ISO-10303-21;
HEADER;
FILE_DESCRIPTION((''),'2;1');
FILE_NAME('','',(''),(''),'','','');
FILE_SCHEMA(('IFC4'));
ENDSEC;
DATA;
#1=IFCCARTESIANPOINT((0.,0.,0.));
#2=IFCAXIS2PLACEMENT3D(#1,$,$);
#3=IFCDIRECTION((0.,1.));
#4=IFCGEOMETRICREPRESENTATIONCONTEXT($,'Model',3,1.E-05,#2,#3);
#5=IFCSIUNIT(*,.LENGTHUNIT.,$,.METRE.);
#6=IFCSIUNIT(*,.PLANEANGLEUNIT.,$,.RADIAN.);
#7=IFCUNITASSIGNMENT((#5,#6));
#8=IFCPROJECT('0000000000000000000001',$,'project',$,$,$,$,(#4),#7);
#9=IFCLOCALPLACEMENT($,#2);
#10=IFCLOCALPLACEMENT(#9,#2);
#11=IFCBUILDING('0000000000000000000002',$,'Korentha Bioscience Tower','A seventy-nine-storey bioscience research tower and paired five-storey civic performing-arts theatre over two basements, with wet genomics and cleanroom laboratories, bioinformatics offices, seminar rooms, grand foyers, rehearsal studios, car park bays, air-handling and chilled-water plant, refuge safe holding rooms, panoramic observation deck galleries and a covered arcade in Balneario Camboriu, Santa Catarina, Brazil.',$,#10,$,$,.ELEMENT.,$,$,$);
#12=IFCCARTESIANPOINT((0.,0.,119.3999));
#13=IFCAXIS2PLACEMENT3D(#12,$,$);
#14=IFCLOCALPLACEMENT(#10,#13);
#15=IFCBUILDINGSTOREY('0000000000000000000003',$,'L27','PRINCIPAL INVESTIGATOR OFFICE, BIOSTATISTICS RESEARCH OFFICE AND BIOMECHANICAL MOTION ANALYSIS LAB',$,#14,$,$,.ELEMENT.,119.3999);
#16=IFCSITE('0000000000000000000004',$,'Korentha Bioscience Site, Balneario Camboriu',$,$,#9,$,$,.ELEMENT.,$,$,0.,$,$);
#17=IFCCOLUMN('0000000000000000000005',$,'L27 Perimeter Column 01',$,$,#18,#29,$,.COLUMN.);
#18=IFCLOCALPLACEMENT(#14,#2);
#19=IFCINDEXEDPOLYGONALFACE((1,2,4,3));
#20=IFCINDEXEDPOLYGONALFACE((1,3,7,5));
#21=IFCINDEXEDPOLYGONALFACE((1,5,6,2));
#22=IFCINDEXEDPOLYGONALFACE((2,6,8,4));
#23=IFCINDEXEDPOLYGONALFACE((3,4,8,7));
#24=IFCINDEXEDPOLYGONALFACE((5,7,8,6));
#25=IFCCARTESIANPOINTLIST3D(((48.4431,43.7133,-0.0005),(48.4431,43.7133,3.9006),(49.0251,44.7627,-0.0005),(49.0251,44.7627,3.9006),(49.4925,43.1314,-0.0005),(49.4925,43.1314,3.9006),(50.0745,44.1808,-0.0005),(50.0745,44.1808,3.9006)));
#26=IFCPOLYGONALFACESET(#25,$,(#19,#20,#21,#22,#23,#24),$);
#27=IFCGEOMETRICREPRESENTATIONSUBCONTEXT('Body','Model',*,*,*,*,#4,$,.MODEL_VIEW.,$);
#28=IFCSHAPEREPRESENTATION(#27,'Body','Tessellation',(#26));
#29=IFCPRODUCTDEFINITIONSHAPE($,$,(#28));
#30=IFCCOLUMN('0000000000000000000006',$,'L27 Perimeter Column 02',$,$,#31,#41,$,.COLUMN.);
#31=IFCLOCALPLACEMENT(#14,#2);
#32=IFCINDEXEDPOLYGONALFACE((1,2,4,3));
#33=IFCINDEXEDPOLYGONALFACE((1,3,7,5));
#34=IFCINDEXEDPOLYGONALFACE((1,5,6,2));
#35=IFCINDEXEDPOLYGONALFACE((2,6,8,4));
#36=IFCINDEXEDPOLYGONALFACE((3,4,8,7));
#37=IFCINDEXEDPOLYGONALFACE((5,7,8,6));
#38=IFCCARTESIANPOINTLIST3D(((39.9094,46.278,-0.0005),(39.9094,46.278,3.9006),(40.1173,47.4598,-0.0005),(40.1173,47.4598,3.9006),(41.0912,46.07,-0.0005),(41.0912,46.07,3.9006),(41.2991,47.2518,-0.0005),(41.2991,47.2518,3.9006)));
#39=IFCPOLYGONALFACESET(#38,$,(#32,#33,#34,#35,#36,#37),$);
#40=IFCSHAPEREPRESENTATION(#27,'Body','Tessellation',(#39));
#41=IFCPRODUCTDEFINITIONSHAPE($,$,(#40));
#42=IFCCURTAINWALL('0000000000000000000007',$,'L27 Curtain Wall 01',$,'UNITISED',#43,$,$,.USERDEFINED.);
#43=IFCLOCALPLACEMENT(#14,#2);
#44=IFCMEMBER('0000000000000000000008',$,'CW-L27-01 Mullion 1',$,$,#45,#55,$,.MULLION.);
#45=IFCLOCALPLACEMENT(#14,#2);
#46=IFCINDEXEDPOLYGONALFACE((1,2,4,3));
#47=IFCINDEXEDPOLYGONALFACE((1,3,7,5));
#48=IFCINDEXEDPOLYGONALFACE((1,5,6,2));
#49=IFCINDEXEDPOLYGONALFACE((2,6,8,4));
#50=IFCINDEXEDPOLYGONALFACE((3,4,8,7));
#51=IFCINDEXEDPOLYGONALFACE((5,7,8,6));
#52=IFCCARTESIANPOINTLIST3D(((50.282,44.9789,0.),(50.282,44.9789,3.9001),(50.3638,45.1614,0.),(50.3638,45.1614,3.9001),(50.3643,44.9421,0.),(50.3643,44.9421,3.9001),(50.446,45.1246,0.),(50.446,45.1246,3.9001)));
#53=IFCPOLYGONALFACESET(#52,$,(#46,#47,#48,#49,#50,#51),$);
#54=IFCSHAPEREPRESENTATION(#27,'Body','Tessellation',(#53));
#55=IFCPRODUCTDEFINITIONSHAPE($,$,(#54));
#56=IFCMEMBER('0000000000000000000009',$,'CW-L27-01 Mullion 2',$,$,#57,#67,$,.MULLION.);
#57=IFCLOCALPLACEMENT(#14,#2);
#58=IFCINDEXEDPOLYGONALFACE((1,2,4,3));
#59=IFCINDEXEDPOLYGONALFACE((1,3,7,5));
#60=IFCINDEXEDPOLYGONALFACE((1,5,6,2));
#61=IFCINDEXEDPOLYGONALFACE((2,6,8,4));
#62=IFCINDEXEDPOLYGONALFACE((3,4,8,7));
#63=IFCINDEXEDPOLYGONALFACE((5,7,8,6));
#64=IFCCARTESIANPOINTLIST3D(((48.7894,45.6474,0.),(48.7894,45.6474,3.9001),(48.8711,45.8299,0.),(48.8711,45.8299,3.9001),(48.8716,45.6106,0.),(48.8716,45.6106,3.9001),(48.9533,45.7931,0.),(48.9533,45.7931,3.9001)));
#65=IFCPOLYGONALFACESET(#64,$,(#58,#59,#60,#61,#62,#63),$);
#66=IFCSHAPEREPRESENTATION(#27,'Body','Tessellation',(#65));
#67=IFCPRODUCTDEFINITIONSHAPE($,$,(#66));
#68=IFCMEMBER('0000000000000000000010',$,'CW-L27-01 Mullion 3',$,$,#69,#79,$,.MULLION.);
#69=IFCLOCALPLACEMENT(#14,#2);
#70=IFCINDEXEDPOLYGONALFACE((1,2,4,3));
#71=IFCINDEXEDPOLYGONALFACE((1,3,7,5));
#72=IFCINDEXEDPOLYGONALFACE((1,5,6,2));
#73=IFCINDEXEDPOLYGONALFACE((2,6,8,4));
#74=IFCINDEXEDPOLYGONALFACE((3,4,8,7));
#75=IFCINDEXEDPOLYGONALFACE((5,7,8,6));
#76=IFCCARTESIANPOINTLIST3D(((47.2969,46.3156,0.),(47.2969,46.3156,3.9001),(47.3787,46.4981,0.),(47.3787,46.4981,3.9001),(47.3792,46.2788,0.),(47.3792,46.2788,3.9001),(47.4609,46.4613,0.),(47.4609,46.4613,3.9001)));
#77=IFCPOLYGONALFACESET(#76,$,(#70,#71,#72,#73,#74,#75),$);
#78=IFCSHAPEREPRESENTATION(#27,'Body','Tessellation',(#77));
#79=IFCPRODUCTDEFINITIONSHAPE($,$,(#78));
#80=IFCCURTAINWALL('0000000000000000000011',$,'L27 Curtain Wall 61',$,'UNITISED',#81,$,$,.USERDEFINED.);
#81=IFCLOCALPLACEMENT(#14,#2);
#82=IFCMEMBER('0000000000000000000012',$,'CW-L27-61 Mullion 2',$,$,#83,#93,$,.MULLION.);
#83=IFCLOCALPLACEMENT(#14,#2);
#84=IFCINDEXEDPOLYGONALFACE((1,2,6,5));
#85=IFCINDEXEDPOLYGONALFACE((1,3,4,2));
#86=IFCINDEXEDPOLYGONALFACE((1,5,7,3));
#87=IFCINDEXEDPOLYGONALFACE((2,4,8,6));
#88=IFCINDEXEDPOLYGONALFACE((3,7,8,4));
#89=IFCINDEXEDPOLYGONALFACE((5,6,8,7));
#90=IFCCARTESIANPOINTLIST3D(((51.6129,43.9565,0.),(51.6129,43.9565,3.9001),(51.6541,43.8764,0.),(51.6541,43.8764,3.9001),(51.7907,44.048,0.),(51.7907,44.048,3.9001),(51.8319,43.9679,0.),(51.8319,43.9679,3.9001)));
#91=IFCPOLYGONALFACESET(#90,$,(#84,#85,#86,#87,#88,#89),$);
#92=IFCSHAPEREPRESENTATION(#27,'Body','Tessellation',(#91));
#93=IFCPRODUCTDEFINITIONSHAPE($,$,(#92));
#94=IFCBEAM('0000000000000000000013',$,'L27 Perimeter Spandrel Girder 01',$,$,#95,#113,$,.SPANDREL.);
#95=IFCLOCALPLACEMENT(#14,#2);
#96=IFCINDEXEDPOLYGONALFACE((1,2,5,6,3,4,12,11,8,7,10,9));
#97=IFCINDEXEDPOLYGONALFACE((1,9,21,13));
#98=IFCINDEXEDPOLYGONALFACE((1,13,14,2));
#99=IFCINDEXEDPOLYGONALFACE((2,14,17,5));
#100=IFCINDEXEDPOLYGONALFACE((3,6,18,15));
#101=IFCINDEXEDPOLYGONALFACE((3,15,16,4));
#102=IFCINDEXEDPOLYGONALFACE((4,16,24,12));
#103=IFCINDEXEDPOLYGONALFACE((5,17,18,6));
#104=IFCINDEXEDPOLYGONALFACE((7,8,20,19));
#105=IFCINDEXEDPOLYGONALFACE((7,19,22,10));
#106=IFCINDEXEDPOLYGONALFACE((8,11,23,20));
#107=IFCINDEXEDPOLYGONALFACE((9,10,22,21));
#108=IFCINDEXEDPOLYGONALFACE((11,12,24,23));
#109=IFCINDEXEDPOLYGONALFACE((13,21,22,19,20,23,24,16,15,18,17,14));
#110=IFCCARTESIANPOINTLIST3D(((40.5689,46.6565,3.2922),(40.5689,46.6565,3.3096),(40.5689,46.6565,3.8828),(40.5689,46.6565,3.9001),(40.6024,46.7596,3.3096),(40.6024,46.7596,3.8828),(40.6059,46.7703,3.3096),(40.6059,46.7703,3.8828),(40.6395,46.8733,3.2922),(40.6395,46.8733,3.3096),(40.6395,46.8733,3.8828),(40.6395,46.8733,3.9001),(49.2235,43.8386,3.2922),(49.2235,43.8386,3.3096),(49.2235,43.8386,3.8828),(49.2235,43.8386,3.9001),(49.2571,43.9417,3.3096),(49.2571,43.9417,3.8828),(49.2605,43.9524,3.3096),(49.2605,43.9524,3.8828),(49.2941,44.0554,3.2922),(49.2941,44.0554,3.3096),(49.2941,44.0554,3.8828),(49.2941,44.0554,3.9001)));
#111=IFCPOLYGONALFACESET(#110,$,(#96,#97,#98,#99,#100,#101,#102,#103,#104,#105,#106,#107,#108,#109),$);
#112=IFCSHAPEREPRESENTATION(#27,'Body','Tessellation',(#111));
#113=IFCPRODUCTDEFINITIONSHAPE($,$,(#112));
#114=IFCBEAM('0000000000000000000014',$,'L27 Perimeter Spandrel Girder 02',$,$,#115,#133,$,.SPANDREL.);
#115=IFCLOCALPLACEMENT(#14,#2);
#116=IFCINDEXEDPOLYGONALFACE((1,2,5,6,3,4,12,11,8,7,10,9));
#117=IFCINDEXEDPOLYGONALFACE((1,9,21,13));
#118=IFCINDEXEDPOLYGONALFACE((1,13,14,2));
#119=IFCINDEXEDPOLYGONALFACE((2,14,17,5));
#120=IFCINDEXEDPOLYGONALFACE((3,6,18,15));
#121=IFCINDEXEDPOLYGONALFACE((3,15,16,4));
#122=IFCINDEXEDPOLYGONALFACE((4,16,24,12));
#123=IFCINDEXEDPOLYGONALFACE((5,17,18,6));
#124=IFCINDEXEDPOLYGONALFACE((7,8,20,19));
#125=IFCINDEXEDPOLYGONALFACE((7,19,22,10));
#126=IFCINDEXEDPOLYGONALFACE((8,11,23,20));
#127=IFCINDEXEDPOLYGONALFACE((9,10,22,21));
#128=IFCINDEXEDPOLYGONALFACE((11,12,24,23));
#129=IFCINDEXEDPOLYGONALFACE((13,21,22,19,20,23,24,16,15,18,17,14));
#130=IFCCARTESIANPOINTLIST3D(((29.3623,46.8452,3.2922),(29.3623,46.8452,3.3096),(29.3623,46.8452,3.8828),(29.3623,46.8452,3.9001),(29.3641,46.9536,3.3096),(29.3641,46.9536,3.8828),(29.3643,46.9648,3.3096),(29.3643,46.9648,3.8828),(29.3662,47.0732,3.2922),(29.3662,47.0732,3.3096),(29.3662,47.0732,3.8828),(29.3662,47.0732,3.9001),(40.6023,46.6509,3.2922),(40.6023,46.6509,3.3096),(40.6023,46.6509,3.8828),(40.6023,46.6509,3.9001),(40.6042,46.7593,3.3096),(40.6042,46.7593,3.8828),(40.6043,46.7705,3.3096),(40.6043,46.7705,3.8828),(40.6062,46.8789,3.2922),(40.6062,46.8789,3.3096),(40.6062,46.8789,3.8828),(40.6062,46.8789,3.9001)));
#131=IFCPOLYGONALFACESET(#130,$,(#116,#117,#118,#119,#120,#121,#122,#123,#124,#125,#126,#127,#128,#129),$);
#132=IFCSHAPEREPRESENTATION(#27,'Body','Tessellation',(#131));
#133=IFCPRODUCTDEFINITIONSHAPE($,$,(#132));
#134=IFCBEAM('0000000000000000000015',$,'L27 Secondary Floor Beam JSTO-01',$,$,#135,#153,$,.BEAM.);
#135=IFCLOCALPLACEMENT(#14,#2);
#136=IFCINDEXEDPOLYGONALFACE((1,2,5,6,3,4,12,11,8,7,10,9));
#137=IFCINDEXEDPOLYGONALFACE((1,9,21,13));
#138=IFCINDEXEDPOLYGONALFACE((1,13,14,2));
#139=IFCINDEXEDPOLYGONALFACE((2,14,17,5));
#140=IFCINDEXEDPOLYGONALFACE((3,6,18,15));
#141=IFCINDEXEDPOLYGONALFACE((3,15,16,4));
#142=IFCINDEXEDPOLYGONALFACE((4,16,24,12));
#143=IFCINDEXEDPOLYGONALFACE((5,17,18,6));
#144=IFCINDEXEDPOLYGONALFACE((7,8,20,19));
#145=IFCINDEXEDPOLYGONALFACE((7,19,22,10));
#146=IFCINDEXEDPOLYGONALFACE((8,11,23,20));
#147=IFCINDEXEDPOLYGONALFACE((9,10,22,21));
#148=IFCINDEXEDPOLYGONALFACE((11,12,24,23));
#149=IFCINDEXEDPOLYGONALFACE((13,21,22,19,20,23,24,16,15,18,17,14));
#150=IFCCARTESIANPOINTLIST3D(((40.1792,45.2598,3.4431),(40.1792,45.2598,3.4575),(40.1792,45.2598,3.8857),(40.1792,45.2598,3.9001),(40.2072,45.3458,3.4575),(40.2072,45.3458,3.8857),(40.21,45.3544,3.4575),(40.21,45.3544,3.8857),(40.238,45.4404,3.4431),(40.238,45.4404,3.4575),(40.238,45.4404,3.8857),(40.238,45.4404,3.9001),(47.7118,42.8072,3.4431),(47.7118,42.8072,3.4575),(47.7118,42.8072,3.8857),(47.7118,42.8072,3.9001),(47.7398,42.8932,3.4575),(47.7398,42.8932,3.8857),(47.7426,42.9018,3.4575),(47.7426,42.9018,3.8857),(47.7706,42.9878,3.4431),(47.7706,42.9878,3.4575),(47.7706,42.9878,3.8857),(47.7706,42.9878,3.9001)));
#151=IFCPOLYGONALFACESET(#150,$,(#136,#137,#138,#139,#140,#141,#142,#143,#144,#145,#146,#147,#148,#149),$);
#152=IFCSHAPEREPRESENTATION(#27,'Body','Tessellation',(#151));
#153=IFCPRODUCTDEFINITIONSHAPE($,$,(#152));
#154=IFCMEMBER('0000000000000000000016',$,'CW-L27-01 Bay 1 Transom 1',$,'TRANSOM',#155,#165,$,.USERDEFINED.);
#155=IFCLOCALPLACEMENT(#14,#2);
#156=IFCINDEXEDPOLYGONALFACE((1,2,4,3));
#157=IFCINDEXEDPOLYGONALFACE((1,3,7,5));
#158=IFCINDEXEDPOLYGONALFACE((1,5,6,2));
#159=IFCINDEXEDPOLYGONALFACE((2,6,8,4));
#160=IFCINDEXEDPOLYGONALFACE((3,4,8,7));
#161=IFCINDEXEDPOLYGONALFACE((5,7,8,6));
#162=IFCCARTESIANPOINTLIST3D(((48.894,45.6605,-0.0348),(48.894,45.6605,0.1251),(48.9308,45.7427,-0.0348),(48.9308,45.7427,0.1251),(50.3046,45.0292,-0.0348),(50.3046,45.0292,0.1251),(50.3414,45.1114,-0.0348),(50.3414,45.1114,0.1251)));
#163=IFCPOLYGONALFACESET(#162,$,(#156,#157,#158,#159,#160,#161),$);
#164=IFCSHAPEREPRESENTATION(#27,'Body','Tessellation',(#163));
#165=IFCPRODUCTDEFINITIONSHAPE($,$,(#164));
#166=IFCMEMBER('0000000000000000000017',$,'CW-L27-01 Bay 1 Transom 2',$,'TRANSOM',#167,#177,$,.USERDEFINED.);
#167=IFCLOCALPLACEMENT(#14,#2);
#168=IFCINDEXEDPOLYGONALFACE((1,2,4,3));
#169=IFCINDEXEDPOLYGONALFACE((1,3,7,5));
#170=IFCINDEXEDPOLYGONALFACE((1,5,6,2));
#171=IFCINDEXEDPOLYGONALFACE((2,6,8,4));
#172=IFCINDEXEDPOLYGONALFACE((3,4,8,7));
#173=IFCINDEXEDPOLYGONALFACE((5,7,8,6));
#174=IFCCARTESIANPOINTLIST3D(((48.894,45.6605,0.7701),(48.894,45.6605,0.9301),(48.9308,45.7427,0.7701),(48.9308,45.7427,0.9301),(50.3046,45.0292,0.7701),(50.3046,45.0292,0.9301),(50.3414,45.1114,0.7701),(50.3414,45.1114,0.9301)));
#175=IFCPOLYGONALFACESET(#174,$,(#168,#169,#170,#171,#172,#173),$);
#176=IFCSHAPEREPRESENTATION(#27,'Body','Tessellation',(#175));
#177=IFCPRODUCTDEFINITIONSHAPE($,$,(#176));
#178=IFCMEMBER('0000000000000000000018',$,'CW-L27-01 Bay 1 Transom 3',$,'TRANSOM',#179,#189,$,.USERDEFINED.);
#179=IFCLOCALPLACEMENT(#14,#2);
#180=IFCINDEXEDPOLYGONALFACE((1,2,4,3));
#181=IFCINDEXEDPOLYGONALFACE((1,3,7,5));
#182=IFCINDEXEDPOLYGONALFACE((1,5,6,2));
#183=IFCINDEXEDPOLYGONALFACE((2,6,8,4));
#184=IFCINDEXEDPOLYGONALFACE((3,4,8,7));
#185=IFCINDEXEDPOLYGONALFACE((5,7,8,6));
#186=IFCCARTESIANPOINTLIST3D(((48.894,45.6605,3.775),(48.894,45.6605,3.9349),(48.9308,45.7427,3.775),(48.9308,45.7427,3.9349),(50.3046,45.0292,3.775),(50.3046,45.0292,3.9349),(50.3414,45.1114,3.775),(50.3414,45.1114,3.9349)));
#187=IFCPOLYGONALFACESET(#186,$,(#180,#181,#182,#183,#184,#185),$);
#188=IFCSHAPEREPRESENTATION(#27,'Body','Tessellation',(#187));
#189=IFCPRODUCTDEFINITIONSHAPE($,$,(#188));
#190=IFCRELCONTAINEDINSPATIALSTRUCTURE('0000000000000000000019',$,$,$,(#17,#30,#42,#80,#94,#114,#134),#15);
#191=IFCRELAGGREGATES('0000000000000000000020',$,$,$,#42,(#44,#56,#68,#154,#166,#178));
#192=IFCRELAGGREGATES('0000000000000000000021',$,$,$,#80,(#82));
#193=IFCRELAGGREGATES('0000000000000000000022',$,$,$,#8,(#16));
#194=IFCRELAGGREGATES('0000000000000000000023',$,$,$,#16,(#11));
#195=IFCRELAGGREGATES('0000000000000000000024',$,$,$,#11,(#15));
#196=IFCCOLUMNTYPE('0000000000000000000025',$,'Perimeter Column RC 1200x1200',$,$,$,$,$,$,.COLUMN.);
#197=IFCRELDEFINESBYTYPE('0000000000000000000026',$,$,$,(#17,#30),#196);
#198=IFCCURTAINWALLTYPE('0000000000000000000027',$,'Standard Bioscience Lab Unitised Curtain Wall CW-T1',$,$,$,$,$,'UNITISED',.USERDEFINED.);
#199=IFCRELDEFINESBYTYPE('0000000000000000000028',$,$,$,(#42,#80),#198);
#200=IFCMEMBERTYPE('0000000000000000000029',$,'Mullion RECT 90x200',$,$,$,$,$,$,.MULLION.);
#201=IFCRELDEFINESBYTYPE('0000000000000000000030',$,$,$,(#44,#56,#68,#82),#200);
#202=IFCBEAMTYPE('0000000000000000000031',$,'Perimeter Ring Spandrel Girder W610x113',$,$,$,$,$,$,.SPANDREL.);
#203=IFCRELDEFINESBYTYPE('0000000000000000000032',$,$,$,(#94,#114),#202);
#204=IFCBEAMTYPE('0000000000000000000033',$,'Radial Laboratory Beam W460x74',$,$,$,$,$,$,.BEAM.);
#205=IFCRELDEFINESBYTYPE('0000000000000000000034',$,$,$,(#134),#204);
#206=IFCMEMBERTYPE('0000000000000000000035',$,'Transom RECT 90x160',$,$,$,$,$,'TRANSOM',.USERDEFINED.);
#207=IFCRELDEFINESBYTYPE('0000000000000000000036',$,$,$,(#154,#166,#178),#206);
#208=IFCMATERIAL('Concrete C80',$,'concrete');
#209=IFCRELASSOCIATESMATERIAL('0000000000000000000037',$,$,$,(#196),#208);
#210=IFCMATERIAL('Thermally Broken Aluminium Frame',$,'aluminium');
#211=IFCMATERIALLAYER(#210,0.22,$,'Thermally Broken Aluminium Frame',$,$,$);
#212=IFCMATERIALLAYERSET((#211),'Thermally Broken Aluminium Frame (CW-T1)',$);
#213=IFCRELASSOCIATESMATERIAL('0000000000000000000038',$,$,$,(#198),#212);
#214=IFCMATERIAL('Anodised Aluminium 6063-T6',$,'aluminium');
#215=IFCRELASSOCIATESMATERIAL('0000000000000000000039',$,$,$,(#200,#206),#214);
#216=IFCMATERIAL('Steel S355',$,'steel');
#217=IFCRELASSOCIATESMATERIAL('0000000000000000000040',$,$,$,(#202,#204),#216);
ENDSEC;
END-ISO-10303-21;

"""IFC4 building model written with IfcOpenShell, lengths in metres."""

from ifc_helpers import new_model, si_unit, direction, frame, origin, origin_2d, place, context, subcontext, project, spatial, rectangle, i_section, extrude, material, layer, layer_set, material_profile, profile_set, type_object, element, aggregate, save


model = new_model("IFC4")

# Units and contexts
model_context = context("Model", 3, precision=1e-05, world=origin(), true_north=direction((0.0, 1.0)))
body_context = subcontext(model_context, "Body", "Model", "MODEL_VIEW")
ifc_project = project(units=[si_unit("LENGTHUNIT", "METRE"), si_unit("PLANEANGLEUNIT", "RADIAN")], contexts=[model_context])

# Site, building, storey
site_placement = place(None, origin())
site = spatial("IfcSite", under=ifc_project, at=site_placement, Name="Korentha Bioscience Site, Balneario Camboriu", CompositionType="ELEMENT", RefElevation=0.0)
building_placement = place(site_placement, origin())
building = spatial("IfcBuilding", under=site, at=building_placement, Name="Korentha Bioscience Tower", Description="A seventy-nine-storey bioscience research tower and paired five-storey civic performing-arts theatre over two basements, with wet genomics and cleanroom laboratories, bioinformatics offices, seminar rooms, grand foyers, rehearsal studios, car park bays, air-handling and chilled-water plant, refuge safe holding rooms, panoramic observation deck galleries and a covered arcade in Balneario Camboriu, Santa Catarina, Brazil.", CompositionType="ELEMENT")
storey_placement = place(building_placement, frame((0.0, 0.0, 119.3999)))
storey = spatial("IfcBuildingStorey", under=building, at=storey_placement, Name="L27", Description="PRINCIPAL INVESTIGATOR OFFICE, BIOSTATISTICS RESEARCH OFFICE AND BIOMECHANICAL MOTION ANALYSIS LAB", CompositionType="ELEMENT", Elevation=119.3999)

# Columns
ifc_material_1 = material(Name="Concrete C80", Category="concrete")
ifc_material_profile_1 = material_profile(ifc_material_1, rectangle(XDim=1.2, YDim=1.2, at=origin_2d()), Name="Concrete C80")
ifc_profile_set_1 = profile_set([ifc_material_profile_1], Name="Concrete C80 (COL-P12)")
column_type = type_object("IfcColumnType", Name="Perimeter Column RC 1200x1200", PredefinedType="COLUMN", material=ifc_profile_set_1)
for number, where, z_axis, x_axis, name in (
    (1, (49.2588, 43.947, -0.0005), (0.0, 0.0, 1.0), (-0.874535, 0.484962, 0.0), "L27 Perimeter Column 01"),
    (2, (40.6042, 46.7649, -0.0005), (0.0, 0.0, 1.0), (-0.984868, 0.173304, 0.0), "L27 Perimeter Column 02"),
):
    element("IfcColumn", number, at=place(storey_placement, frame(where, z_axis=z_axis, x_axis=x_axis)), inside=storey, type_object=column_type, Name=name, PredefinedType="COLUMN", context=body_context, shape_type="SweptSolid", body=[
        extrude(rectangle(XDim=1.2, YDim=1.2, at=origin_2d()), origin(), (0.0, 0.0, 1.0), 3.9011),
    ])

# Curtain wall, members
ifc_material_2 = material(Name="Thermally Broken Aluminium Frame", Category="aluminium")
ifc_layer_1 = layer(ifc_material_2, 0.22, Name="Thermally Broken Aluminium Frame")
ifc_layer_set_1 = layer_set([ifc_layer_1], Name="Thermally Broken Aluminium Frame (CW-T1)")
curtain_wall_type = type_object("IfcCurtainWallType", Name="Standard Bioscience Lab Unitised Curtain Wall CW-T1", ElementType="UNITISED", PredefinedType="USERDEFINED", material=ifc_layer_set_1)
curtain_wall_1_placement = place(storey_placement, origin())
curtain_wall_1 = element("IfcCurtainWall", 3, at=curtain_wall_1_placement, inside=storey, type_object=curtain_wall_type, Name="L27 Curtain Wall 01", ObjectType="UNITISED", PredefinedType="USERDEFINED")
ifc_material_3 = material(Name="Anodised Aluminium 6063-T6", Category="aluminium")
ifc_material_profile_2 = material_profile(ifc_material_3, rectangle(XDim=0.0901, YDim=0.2, at=origin_2d()), Name="Anodised Aluminium 6063-T6")
ifc_profile_set_2 = profile_set([ifc_material_profile_2], Name="Anodised Aluminium 6063-T6 (CW-MUL)")
member_type_1 = type_object("IfcMemberType", Name="Mullion RECT 90x200", PredefinedType="MULLION", material=ifc_profile_set_2)
member_1_placement = place(storey_placement, frame((50.364, 45.0518, 0.0), z_axis=(0.0, 0.0, 1.0), x_axis=(-0.912687, 0.40866, 0.0)))
member_1 = element("IfcMember", 4, at=member_1_placement, type_object=member_type_1, Name="CW-L27-01 Mullion 1", PredefinedType="MULLION", context=body_context, shape_type="SweptSolid", body=[
    extrude(rectangle(XDim=0.0901, YDim=0.2, at=origin_2d()), origin(), (0.0, 0.0, 1.0), 3.9001),
])
member_2_placement = place(storey_placement, frame((48.8713, 45.7202, 0.0), z_axis=(0.0, 0.0, 1.0), x_axis=(-0.912687, 0.40866, 0.0)))
member_2 = element("IfcMember", 5, at=member_2_placement, type_object=member_type_1, Name="CW-L27-01 Mullion 2", PredefinedType="MULLION", context=body_context, shape_type="SweptSolid", body=[
    extrude(rectangle(XDim=0.0901, YDim=0.2, at=origin_2d()), origin(), (0.0, 0.0, 1.0), 3.9001),
])
member_3_placement = place(storey_placement, frame((47.3789, 46.3884, 0.0), z_axis=(0.0, 0.0, 1.0), x_axis=(-0.912687, 0.40866, 0.0)))
member_3 = element("IfcMember", 6, at=member_3_placement, type_object=member_type_1, Name="CW-L27-01 Mullion 3", PredefinedType="MULLION", context=body_context, shape_type="SweptSolid", body=[
    extrude(rectangle(XDim=0.0901, YDim=0.2, at=origin_2d()), origin(), (0.0, 0.0, 1.0), 3.9001),
])

# Curtain wall, member
curtain_wall_2_placement = place(storey_placement, origin())
curtain_wall_2 = element("IfcCurtainWall", 7, at=curtain_wall_2_placement, inside=storey, type_object=curtain_wall_type, Name="L27 Curtain Wall 61", ObjectType="UNITISED", PredefinedType="USERDEFINED")
member_4_placement = place(storey_placement, frame((51.7224, 43.9622, 0.0), z_axis=(0.0, 0.0, 1.0), x_axis=(-0.457613, 0.889151, 0.0)))
member_4 = element("IfcMember", 8, at=member_4_placement, type_object=member_type_1, Name="CW-L27-61 Mullion 2", PredefinedType="MULLION", context=body_context, shape_type="SweptSolid", body=[
    extrude(rectangle(XDim=0.0901, YDim=0.2, at=origin_2d()), origin(), (0.0, 0.0, 1.0), 3.9001),
])

# Beams
ifc_material_4 = material(Name="Steel S355", Category="steel")
ifc_material_profile_3 = material_profile(ifc_material_4, i_section(OverallWidth=0.228, OverallDepth=0.6079, WebThickness=0.0112, FlangeThickness=0.0173, at=origin_2d()), Name="Steel S355")
ifc_profile_set_3 = profile_set([ifc_material_profile_3], Name="Steel S355 (SB-610)")
beam_type_1 = type_object("IfcBeamType", Name="Perimeter Ring Spandrel Girder W610x113", PredefinedType="SPANDREL", material=ifc_profile_set_3)
beam_1_placement = place(storey_placement, frame((49.2588, 43.947, 3.5962), z_axis=(-0.950868, 0.309597, 0.0), x_axis=(-0.309597, -0.950868, 0.0)))
element("IfcBeam", 9, at=beam_1_placement, inside=storey, type_object=beam_type_1, Name="L27 Perimeter Spandrel Girder 01", PredefinedType="SPANDREL", context=body_context, shape_type="SweptSolid", body=[
    extrude(i_section(OverallWidth=0.228, OverallDepth=0.6079, WebThickness=0.0112, FlangeThickness=0.0173, at=origin_2d()), origin(), (0.0, 0.0, 1.0), 9.1018),
])
beam_2_placement = place(storey_placement, frame((40.6042, 46.7649, 3.5962), z_axis=(-0.999851, 0.017287, 0.0), x_axis=(-0.017287, -0.999851, 0.0)))
element("IfcBeam", 10, at=beam_2_placement, inside=storey, type_object=beam_type_1, Name="L27 Perimeter Spandrel Girder 02", PredefinedType="SPANDREL", context=body_context, shape_type="SweptSolid", body=[
    extrude(i_section(OverallWidth=0.228, OverallDepth=0.6079, WebThickness=0.0112, FlangeThickness=0.0173, at=origin_2d()), origin(), (0.0, 0.0, 1.0), 11.2417),
])
ifc_material_profile_4 = material_profile(ifc_material_4, i_section(OverallWidth=0.1899, OverallDepth=0.457, WebThickness=0.009, FlangeThickness=0.0144, at=origin_2d()), Name="Steel S355")
ifc_profile_set_4 = profile_set([ifc_material_profile_4], Name="Steel S355 (RB-460)")
beam_type_2 = type_object("IfcBeamType", Name="Radial Laboratory Beam W460x74", PredefinedType="BEAM", material=ifc_profile_set_4)
beam_3_placement = place(storey_placement, frame((47.7412, 42.8975, 3.6716), z_axis=(-0.950867, 0.3096, 0.0), x_axis=(-0.3096, -0.950867, 0.0)))
element("IfcBeam", 11, at=beam_3_placement, inside=storey, type_object=beam_type_2, Name="L27 Secondary Floor Beam JSTO-01", PredefinedType="BEAM", context=body_context, shape_type="SweptSolid", body=[
    extrude(i_section(OverallWidth=0.1899, OverallDepth=0.457, WebThickness=0.009, FlangeThickness=0.0144, at=origin_2d()), origin(), (0.0, 0.0, 1.0), 7.9219),
])

# Members
ifc_material_profile_5 = material_profile(ifc_material_3, rectangle(XDim=0.0901, YDim=0.1599, at=origin_2d()), Name="Anodised Aluminium 6063-T6")
ifc_profile_set_5 = profile_set([ifc_material_profile_5], Name="Anodised Aluminium 6063-T6 (CW-TRN)")
member_type_2 = type_object("IfcMemberType", Name="Transom RECT 90x160", ElementType="TRANSOM", PredefinedType="USERDEFINED", material=ifc_profile_set_5)
member_5_placement = place(storey_placement, frame((50.323, 45.0703, 0.0452), z_axis=(-0.912753, 0.408512, 0.0), x_axis=(-0.408512, -0.912753, 0.0)))
member_5 = element("IfcMember", 12, at=member_5_placement, type_object=member_type_2, Name="CW-L27-01 Bay 1 Transom 1", ObjectType="TRANSOM", PredefinedType="USERDEFINED", context=body_context, shape_type="SweptSolid", body=[
    extrude(rectangle(XDim=0.0901, YDim=0.1599, at=origin_2d()), origin(), (0.0, 0.0, 1.0), 1.5454),
])
member_6_placement = place(storey_placement, frame((50.323, 45.0703, 0.8501), z_axis=(-0.912753, 0.408512, 0.0), x_axis=(-0.408512, -0.912753, 0.0)))
member_6 = element("IfcMember", 13, at=member_6_placement, type_object=member_type_2, Name="CW-L27-01 Bay 1 Transom 2", ObjectType="TRANSOM", PredefinedType="USERDEFINED", context=body_context, shape_type="SweptSolid", body=[
    extrude(rectangle(XDim=0.0901, YDim=0.1599, at=origin_2d()), origin(), (0.0, 0.0, 1.0), 1.5454),
])
member_7_placement = place(storey_placement, frame((50.323, 45.0703, 3.855), z_axis=(-0.912753, 0.408512, 0.0), x_axis=(-0.408512, -0.912753, 0.0)))
member_7 = element("IfcMember", 14, at=member_7_placement, type_object=member_type_2, Name="CW-L27-01 Bay 1 Transom 3", ObjectType="TRANSOM", PredefinedType="USERDEFINED", context=body_context, shape_type="SweptSolid", body=[
    extrude(rectangle(XDim=0.0901, YDim=0.1599, at=origin_2d()), origin(), (0.0, 0.0, 1.0), 1.5454),
])

aggregate(curtain_wall_1, [member_1, member_2, member_3, member_5, member_6, member_7])
aggregate(curtain_wall_2, [member_4])

save(model, "model.ifc")
